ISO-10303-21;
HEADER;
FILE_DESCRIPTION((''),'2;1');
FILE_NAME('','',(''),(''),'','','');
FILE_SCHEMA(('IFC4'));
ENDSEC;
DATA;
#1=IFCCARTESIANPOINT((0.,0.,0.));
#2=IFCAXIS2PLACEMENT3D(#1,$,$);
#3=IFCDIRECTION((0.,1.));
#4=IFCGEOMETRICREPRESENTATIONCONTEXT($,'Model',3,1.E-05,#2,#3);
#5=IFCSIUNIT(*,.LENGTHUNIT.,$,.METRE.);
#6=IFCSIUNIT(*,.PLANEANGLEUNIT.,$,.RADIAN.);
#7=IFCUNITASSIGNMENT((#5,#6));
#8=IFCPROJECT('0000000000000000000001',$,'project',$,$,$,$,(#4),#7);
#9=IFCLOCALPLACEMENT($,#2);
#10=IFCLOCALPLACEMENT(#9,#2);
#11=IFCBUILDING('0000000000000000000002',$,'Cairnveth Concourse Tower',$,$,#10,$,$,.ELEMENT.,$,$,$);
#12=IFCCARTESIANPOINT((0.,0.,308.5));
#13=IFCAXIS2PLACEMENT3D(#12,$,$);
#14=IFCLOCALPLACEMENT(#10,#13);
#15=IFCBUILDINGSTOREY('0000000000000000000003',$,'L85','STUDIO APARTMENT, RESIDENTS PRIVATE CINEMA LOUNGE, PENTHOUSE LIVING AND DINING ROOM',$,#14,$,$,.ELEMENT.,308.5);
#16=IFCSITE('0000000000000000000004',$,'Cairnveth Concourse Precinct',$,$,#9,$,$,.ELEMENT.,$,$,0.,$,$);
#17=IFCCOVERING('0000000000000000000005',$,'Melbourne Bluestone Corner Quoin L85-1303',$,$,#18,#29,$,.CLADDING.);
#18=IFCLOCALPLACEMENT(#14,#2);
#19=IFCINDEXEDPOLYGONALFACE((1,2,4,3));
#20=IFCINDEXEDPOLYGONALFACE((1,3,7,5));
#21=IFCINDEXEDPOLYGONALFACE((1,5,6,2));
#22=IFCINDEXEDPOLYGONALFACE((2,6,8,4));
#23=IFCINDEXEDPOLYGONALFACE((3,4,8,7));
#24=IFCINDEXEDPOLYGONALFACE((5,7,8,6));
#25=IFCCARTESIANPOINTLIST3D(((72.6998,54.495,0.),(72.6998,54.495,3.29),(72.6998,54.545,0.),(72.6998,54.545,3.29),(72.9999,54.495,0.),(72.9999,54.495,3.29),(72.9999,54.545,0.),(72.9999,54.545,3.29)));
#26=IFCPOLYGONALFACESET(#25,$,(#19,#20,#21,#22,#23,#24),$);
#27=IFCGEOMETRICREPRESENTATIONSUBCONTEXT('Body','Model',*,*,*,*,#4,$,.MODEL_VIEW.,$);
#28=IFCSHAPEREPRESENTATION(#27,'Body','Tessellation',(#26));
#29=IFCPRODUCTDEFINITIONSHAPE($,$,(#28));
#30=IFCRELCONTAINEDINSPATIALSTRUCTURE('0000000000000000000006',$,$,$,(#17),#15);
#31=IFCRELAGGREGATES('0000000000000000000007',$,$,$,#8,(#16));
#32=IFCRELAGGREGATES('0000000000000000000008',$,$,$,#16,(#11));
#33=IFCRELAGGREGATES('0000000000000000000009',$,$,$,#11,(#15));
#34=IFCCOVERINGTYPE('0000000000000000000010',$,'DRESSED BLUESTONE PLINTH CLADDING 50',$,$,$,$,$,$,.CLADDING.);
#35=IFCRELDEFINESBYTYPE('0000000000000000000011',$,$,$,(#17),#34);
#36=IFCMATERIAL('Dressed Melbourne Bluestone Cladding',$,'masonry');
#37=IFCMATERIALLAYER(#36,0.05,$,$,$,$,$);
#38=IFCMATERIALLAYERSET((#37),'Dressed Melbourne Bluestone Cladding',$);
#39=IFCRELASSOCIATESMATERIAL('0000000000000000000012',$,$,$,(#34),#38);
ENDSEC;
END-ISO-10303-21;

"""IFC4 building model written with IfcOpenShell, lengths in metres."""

from ifc_helpers import new_model, si_unit, direction, frame, frame_2d, origin, place, context, subcontext, project, spatial, rectangle, extrude, material, layer, layer_set, type_object, element, save


model = new_model("IFC4")

# Units and contexts
model_context = context("Model", 3, precision=1e-05, world=origin(), true_north=direction((0.0, 1.0)))
body_context = subcontext(model_context, "Body", "Model", "MODEL_VIEW")
ifc_project = project(units=[si_unit("LENGTHUNIT", "METRE"), si_unit("PLANEANGLEUNIT", "RADIAN")], contexts=[model_context])

# Site, building, storey
site_placement = place(None, origin())
site = spatial("IfcSite", under=ifc_project, at=site_placement, Name="Cairnveth Concourse Precinct", CompositionType="ELEMENT", RefElevation=0.0)
building_placement = place(site_placement, origin())
building = spatial("IfcBuilding", under=site, at=building_placement, Name="Cairnveth Concourse Tower", CompositionType="ELEMENT")
storey_placement = place(building_placement, frame((0.0, 0.0, 308.5)))
storey = spatial("IfcBuildingStorey", under=building, at=storey_placement, Name="L85", Description="STUDIO APARTMENT, RESIDENTS PRIVATE CINEMA LOUNGE, PENTHOUSE LIVING AND DINING ROOM", CompositionType="ELEMENT", Elevation=308.5)

# Covering
ifc_material_1 = material(Name="Dressed Melbourne Bluestone Cladding", Category="masonry")
ifc_layer_1 = layer(ifc_material_1, 0.05)
ifc_layer_set_1 = layer_set([ifc_layer_1], Name="Dressed Melbourne Bluestone Cladding")
covering_type = type_object("IfcCoveringType", Name="DRESSED BLUESTONE PLINTH CLADDING 50", PredefinedType="CLADDING", material=ifc_layer_set_1)
for number, where, z_axis, x_axis, name in (
    (1, (72.7, 54.52, 0.0), (0.0, 0.0, 1.0), (1.0, 0.0, 0.0), "Melbourne Bluestone Corner Quoin L85-1303"),
):
    element("IfcCovering", number, at=place(storey_placement, frame(where, z_axis=z_axis, x_axis=x_axis)), inside=storey, type_object=covering_type, Name=name, PredefinedType="CLADDING", context=body_context, shape_type="SweptSolid", body=[
        extrude(rectangle(XDim=0.3, YDim=0.05, at=frame_2d((0.1499, 0.0))), origin(), (0.0, 0.0, 1.0), 3.29),
    ])

save(model, "model.ifc")
